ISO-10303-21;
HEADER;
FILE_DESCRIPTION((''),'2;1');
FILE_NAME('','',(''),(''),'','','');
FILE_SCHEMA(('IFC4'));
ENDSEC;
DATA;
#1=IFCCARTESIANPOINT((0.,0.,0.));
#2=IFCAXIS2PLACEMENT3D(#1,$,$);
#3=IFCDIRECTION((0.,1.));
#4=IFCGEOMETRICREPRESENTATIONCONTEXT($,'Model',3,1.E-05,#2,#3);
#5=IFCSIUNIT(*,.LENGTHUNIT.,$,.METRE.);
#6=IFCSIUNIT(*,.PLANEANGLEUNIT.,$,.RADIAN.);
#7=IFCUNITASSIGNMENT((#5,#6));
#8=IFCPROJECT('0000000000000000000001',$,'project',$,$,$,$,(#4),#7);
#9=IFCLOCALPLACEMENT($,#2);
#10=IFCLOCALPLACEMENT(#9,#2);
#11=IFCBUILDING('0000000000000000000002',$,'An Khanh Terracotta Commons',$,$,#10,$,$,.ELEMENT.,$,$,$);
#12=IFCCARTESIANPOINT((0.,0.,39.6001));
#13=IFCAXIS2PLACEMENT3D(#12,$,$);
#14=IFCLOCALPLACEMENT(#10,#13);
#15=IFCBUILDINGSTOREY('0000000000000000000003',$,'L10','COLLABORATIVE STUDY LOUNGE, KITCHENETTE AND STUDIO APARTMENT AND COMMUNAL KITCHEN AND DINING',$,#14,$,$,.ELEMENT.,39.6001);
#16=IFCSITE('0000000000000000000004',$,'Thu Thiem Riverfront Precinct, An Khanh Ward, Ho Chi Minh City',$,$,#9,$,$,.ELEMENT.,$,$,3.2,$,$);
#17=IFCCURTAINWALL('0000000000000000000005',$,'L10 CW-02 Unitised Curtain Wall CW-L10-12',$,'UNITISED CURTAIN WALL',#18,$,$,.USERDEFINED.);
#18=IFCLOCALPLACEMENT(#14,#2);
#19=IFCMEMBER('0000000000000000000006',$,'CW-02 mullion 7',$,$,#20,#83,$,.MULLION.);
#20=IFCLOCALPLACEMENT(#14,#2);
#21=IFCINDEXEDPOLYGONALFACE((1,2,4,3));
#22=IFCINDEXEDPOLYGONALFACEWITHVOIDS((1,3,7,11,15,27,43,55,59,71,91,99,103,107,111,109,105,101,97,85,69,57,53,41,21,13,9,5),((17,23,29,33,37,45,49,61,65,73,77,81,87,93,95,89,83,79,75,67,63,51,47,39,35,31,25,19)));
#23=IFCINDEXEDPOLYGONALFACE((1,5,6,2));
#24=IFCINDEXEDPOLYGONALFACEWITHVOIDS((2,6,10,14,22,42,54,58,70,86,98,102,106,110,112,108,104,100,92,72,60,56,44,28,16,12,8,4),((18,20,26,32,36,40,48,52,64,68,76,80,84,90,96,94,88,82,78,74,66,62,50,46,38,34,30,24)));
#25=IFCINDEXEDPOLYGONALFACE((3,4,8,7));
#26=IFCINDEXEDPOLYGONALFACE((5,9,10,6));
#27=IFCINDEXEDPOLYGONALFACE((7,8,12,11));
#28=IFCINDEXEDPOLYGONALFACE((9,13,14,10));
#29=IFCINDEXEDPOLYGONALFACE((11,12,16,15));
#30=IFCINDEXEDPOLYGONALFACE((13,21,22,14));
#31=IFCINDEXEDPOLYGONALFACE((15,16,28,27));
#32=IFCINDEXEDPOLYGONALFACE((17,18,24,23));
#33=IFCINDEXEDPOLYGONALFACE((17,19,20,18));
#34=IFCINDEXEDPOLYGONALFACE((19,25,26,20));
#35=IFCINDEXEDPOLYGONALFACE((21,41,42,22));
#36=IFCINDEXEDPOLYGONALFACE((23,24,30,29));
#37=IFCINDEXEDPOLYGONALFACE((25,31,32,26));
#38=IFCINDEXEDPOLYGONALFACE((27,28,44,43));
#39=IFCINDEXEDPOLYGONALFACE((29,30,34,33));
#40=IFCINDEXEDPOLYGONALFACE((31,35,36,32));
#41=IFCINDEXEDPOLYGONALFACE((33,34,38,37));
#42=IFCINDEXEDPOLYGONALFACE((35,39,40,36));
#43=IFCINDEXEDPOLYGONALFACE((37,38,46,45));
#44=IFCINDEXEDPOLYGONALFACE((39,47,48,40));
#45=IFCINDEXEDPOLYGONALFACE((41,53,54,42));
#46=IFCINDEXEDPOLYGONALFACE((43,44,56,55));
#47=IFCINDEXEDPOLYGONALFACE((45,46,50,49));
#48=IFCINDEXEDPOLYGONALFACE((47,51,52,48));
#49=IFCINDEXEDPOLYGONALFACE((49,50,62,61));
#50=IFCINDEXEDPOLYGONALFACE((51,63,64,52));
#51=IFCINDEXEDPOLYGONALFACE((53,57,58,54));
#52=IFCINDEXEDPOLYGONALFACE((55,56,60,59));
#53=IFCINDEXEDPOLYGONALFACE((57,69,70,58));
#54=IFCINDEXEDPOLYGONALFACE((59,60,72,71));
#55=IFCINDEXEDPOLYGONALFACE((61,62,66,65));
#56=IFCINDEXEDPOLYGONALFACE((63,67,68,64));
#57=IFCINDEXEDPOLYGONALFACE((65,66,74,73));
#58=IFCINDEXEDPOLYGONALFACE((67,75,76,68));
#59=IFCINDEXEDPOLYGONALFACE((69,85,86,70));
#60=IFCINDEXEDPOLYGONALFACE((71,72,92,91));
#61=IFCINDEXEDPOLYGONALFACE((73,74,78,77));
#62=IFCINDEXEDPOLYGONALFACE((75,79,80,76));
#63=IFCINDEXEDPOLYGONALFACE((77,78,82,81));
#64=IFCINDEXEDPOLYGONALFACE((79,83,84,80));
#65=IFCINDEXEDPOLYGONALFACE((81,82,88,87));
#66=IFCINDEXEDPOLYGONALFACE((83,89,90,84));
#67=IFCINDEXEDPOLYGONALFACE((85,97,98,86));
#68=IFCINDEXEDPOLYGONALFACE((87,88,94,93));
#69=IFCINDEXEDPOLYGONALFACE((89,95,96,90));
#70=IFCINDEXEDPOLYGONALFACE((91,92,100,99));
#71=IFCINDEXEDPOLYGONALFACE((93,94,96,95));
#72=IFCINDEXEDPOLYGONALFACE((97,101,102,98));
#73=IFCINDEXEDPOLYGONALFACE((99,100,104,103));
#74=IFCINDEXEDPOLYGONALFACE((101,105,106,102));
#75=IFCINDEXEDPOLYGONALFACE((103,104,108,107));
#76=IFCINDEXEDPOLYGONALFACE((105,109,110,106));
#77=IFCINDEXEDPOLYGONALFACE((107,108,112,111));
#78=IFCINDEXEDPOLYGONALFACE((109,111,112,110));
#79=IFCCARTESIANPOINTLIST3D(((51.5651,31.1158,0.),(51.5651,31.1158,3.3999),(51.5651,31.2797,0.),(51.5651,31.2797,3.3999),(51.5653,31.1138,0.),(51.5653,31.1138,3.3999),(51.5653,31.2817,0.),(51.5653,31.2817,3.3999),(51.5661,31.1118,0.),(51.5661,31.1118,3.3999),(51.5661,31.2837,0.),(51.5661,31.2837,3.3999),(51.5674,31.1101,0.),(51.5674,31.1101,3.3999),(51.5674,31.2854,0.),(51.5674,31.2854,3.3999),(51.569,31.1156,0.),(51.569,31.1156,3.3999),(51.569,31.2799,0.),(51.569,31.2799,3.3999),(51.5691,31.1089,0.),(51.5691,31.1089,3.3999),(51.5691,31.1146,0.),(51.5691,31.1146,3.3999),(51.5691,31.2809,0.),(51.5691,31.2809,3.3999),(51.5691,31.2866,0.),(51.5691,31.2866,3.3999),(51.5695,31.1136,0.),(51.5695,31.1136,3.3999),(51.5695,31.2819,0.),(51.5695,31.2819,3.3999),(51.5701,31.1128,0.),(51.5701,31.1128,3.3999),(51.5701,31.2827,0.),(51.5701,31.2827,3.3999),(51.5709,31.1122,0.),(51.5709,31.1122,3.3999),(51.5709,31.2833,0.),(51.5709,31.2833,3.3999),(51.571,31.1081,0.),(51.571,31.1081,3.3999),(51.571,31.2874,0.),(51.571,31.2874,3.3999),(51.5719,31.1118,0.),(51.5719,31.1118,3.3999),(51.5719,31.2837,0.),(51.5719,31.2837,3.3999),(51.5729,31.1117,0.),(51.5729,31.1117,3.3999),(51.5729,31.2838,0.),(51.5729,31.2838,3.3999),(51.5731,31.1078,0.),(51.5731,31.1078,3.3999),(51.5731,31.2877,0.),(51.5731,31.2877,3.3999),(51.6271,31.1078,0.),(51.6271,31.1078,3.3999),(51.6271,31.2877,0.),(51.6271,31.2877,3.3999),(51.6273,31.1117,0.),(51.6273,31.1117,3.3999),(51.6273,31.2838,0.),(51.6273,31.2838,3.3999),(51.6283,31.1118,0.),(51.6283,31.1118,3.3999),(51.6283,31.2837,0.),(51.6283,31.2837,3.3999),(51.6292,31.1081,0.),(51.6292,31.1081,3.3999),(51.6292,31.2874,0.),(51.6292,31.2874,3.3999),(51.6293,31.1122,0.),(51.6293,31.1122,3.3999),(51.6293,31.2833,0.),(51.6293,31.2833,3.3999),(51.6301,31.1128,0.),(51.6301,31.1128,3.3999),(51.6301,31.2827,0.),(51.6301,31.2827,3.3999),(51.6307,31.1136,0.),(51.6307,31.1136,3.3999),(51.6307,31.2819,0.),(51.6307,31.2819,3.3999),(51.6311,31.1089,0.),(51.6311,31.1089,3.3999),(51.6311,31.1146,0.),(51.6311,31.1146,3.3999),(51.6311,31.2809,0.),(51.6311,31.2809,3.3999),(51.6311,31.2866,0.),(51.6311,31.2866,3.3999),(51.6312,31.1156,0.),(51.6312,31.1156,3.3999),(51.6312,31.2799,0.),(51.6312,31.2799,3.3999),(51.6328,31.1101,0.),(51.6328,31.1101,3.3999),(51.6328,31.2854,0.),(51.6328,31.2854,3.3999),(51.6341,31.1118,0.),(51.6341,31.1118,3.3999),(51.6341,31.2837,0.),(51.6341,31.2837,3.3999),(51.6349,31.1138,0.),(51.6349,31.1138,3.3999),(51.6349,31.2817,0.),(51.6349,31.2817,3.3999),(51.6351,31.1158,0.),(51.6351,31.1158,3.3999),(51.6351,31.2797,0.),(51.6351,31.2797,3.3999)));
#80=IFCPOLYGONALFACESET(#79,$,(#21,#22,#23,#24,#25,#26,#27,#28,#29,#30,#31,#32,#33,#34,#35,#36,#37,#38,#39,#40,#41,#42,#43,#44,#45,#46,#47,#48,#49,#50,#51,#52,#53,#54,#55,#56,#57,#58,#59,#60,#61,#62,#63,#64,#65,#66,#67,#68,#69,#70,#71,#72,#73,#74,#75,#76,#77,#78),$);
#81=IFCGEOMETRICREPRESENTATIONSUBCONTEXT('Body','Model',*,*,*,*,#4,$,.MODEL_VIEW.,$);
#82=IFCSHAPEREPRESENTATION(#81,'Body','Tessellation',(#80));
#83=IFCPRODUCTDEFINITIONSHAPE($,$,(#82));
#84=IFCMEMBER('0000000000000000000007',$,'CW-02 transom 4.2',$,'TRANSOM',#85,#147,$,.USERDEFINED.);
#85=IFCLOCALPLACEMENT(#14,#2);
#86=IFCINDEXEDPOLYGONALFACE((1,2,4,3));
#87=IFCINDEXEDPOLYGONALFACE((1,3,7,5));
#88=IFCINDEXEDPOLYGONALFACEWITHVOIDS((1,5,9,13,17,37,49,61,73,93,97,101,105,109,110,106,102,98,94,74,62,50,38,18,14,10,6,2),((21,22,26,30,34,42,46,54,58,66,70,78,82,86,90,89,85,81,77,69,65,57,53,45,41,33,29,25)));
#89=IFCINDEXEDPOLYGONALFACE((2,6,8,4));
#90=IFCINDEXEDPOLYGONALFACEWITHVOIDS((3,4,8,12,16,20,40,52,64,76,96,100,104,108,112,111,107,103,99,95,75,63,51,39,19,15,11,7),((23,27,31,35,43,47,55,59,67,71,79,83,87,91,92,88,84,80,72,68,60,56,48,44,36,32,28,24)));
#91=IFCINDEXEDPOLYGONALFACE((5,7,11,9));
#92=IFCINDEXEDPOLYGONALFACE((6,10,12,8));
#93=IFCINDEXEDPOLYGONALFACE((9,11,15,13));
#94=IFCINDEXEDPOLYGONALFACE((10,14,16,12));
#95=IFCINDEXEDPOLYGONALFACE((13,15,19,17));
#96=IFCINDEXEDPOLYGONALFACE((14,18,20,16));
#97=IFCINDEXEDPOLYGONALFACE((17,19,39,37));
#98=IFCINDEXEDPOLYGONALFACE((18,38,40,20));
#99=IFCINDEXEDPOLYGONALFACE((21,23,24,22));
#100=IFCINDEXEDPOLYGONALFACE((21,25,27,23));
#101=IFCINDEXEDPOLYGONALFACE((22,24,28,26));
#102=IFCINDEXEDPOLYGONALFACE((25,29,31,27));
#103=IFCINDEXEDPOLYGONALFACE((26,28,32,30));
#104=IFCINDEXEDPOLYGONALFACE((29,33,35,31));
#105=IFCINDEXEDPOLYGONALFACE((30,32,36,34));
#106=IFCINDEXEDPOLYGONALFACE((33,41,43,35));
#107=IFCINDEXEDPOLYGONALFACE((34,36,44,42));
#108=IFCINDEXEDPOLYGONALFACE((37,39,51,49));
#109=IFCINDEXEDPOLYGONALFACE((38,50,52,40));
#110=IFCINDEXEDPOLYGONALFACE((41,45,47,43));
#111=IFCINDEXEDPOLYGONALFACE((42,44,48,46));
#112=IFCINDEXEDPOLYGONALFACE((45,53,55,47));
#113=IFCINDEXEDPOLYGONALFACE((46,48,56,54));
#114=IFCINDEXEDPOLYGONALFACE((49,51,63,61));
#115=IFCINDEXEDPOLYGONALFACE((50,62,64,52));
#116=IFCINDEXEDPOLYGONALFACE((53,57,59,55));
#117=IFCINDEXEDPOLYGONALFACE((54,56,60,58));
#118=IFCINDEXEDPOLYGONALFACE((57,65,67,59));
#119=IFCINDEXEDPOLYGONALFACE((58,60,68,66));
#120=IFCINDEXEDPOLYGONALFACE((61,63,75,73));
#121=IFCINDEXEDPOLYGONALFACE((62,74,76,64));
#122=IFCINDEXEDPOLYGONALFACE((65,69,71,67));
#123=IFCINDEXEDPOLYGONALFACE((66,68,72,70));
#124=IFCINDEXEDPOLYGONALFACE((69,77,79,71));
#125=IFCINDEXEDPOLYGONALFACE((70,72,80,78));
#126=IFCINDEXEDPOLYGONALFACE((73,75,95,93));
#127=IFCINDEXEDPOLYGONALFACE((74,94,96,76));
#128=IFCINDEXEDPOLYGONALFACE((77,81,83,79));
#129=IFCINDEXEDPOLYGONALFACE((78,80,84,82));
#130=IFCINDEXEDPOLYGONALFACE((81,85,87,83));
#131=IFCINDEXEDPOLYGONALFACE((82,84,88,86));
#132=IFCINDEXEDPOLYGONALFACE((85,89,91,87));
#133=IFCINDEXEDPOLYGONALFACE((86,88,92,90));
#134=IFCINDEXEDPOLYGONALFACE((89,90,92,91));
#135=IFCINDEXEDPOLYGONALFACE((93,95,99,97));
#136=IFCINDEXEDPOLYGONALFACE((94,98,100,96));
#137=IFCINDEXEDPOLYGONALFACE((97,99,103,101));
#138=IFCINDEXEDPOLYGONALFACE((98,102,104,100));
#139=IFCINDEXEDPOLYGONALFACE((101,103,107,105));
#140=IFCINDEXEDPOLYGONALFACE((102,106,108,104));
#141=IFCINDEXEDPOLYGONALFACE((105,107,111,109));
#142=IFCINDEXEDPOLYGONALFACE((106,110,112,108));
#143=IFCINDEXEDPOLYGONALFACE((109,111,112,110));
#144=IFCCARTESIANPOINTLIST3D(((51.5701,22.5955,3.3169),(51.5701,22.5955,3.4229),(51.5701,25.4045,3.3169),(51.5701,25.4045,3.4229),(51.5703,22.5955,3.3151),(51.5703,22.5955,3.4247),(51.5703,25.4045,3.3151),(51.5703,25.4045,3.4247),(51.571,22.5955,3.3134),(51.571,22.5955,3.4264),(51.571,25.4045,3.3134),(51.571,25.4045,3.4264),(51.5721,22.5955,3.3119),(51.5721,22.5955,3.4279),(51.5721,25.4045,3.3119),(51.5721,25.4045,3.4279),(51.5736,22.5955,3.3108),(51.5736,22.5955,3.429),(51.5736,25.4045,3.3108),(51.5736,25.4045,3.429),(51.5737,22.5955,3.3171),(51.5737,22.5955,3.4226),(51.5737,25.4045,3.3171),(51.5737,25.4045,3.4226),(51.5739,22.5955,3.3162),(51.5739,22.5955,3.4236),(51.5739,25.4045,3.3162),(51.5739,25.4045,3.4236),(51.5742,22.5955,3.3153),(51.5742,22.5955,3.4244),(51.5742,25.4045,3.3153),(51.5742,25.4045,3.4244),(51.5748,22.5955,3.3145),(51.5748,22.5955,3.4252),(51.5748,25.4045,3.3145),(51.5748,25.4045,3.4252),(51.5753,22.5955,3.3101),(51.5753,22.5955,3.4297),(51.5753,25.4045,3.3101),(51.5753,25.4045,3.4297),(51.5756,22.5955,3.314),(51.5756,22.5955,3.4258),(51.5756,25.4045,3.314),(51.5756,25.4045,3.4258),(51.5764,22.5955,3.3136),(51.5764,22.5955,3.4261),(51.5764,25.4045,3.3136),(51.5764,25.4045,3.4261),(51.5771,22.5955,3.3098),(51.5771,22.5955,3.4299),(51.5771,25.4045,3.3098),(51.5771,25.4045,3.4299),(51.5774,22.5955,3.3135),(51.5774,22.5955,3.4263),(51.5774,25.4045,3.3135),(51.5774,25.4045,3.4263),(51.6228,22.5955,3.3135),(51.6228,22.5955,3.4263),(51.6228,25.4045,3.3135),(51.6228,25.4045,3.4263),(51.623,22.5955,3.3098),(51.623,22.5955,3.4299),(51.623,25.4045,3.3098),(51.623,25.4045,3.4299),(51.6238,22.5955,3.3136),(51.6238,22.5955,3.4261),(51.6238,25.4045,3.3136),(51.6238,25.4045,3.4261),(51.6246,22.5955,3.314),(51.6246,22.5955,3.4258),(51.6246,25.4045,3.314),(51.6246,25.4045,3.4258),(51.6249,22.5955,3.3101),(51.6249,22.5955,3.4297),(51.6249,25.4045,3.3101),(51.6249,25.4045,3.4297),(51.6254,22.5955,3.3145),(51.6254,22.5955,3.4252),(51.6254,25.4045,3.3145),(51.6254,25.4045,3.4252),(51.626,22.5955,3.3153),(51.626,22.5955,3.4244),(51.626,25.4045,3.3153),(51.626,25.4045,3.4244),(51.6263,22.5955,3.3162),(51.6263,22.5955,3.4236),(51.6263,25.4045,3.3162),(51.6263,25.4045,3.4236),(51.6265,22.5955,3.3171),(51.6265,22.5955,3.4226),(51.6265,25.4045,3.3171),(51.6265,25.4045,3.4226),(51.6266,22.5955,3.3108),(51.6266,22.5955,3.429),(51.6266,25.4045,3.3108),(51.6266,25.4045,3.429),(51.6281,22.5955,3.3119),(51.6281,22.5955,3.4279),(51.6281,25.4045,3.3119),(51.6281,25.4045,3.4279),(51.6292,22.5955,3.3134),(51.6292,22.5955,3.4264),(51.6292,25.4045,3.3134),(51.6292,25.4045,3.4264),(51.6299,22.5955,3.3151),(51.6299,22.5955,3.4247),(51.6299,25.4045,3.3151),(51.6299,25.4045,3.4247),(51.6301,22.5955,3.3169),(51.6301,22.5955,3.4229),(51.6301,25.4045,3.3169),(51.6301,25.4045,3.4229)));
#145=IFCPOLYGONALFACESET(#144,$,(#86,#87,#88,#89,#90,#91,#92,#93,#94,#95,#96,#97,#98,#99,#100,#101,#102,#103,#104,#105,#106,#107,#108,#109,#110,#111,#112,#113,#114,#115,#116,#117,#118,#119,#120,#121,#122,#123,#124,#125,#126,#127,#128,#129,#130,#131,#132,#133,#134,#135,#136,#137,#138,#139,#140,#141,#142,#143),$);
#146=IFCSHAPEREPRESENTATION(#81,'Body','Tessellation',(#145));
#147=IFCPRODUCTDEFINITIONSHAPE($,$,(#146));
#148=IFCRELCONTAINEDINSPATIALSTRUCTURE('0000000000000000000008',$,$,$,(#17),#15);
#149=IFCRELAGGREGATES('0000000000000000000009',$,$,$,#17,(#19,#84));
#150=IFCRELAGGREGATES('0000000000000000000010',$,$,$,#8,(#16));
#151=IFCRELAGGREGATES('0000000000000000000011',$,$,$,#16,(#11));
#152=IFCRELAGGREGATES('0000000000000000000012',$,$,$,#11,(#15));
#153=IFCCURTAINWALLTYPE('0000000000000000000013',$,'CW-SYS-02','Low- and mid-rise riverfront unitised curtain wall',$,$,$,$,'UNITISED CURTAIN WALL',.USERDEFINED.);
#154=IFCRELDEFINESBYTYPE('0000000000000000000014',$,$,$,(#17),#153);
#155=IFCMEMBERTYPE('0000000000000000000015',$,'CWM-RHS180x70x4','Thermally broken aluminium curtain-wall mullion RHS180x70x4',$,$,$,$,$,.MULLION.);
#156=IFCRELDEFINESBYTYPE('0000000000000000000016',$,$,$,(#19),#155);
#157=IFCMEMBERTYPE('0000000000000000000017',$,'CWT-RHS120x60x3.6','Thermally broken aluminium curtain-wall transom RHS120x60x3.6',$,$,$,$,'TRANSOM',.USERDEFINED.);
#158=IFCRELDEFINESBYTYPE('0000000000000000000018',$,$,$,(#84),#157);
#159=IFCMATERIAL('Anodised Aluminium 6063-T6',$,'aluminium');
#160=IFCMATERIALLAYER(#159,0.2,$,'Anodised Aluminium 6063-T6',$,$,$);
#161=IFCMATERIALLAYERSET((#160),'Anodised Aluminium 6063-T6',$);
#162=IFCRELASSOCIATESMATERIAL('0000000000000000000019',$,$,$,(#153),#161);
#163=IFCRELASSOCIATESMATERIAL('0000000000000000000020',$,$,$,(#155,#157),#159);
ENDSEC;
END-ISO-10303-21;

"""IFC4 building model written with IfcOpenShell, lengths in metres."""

from ifc_helpers import new_model, si_unit, direction, frame, origin, origin_2d, place, context, subcontext, project, spatial, hollow_rectangle, extrude, material, layer, layer_set, material_profile, profile_set, type_object, element, aggregate, save


model = new_model("IFC4")

# Units and contexts
model_context = context("Model", 3, precision=1e-05, world=origin(), true_north=direction((0.0, 1.0)))
body_context = subcontext(model_context, "Body", "Model", "MODEL_VIEW")
ifc_project = project(units=[si_unit("LENGTHUNIT", "METRE"), si_unit("PLANEANGLEUNIT", "RADIAN")], contexts=[model_context])

# Site, building, storey
site_placement = place(None, origin())
site = spatial("IfcSite", under=ifc_project, at=site_placement, Name="Thu Thiem Riverfront Precinct, An Khanh Ward, Ho Chi Minh City", CompositionType="ELEMENT", RefElevation=3.2)
building_placement = place(site_placement, origin())
building = spatial("IfcBuilding", under=site, at=building_placement, Name="An Khanh Terracotta Commons", CompositionType="ELEMENT")
storey_placement = place(building_placement, frame((0.0, 0.0, 39.6001)))
storey = spatial("IfcBuildingStorey", under=building, at=storey_placement, Name="L10", Description="COLLABORATIVE STUDY LOUNGE, KITCHENETTE AND STUDIO APARTMENT AND COMMUNAL KITCHEN AND DINING", CompositionType="ELEMENT", Elevation=39.6001)

# Curtain wall, members
ifc_material_1 = material(Name="Anodised Aluminium 6063-T6", Category="aluminium")
ifc_layer_1 = layer(ifc_material_1, 0.2, Name="Anodised Aluminium 6063-T6")
ifc_layer_set_1 = layer_set([ifc_layer_1], Name="Anodised Aluminium 6063-T6")
curtain_wall_type = type_object("IfcCurtainWallType", Name="CW-SYS-02", Description="Low- and mid-rise riverfront unitised curtain wall", ElementType="UNITISED CURTAIN WALL", PredefinedType="USERDEFINED", material=ifc_layer_set_1)
curtain_wall_placement = place(storey_placement, origin())
curtain_wall = element("IfcCurtainWall", 1, at=curtain_wall_placement, inside=storey, type_object=curtain_wall_type, Name="L10 CW-02 Unitised Curtain Wall CW-L10-12", ObjectType="UNITISED CURTAIN WALL", PredefinedType="USERDEFINED")
ifc_material_profile_1 = material_profile(ifc_material_1, hollow_rectangle(XDim=0.0701, YDim=0.1799, WallThickness=0.0039, InnerFilletRadius=0.0039, OuterFilletRadius=0.0081, at=origin_2d()), Name="RHS180x70x4")
ifc_profile_set_1 = profile_set([ifc_material_profile_1], Name="Anodised Aluminium 6063-T6")
member_type_1 = type_object("IfcMemberType", Name="CWM-RHS180x70x4", Description="Thermally broken aluminium curtain-wall mullion RHS180x70x4", PredefinedType="MULLION", material=ifc_profile_set_1)
member_1_placement = place(storey_placement, frame((51.6001, 31.1978, 0.0), z_axis=(0.0, 0.0, 1.0), x_axis=(-1.0, 0.0, 0.0)))
member_1 = element("IfcMember", 2, at=member_1_placement, type_object=member_type_1, Name="CW-02 mullion 7", PredefinedType="MULLION", context=body_context, shape_type="SweptSolid", body=[
    extrude(hollow_rectangle(XDim=0.0701, YDim=0.1799, WallThickness=0.0039, InnerFilletRadius=0.0039, OuterFilletRadius=0.0081, at=origin_2d()), origin(), (0.0, 0.0, 1.0), 3.3999),
])
ifc_material_profile_2 = material_profile(ifc_material_1, hollow_rectangle(XDim=0.0601, YDim=0.1201, WallThickness=0.0037, InnerFilletRadius=0.0037, OuterFilletRadius=0.0071, at=origin_2d()), Name="RHS120x60x3.6")
ifc_profile_set_2 = profile_set([ifc_material_profile_2], Name="Anodised Aluminium 6063-T6")
member_type_2 = type_object("IfcMemberType", Name="CWT-RHS120x60x3.6", Description="Thermally broken aluminium curtain-wall transom RHS120x60x3.6", ElementType="TRANSOM", PredefinedType="USERDEFINED", material=ifc_profile_set_2)
member_2_placement = place(storey_placement, frame((51.6001, 22.5955, 3.3699), z_axis=(0.0, 1.0, 0.0), x_axis=(-1.0, 0.0, 0.0)))
member_2 = element("IfcMember", 3, at=member_2_placement, type_object=member_type_2, Name="CW-02 transom 4.2", ObjectType="TRANSOM", PredefinedType="USERDEFINED", context=body_context, shape_type="SweptSolid", body=[
    extrude(hollow_rectangle(XDim=0.0601, YDim=0.1201, WallThickness=0.0037, InnerFilletRadius=0.0037, OuterFilletRadius=0.0071, at=origin_2d()), origin(), (0.0, 0.0, 1.0), 2.8091),
])
aggregate(curtain_wall, [member_1, member_2])

save(model, "model.ifc")
